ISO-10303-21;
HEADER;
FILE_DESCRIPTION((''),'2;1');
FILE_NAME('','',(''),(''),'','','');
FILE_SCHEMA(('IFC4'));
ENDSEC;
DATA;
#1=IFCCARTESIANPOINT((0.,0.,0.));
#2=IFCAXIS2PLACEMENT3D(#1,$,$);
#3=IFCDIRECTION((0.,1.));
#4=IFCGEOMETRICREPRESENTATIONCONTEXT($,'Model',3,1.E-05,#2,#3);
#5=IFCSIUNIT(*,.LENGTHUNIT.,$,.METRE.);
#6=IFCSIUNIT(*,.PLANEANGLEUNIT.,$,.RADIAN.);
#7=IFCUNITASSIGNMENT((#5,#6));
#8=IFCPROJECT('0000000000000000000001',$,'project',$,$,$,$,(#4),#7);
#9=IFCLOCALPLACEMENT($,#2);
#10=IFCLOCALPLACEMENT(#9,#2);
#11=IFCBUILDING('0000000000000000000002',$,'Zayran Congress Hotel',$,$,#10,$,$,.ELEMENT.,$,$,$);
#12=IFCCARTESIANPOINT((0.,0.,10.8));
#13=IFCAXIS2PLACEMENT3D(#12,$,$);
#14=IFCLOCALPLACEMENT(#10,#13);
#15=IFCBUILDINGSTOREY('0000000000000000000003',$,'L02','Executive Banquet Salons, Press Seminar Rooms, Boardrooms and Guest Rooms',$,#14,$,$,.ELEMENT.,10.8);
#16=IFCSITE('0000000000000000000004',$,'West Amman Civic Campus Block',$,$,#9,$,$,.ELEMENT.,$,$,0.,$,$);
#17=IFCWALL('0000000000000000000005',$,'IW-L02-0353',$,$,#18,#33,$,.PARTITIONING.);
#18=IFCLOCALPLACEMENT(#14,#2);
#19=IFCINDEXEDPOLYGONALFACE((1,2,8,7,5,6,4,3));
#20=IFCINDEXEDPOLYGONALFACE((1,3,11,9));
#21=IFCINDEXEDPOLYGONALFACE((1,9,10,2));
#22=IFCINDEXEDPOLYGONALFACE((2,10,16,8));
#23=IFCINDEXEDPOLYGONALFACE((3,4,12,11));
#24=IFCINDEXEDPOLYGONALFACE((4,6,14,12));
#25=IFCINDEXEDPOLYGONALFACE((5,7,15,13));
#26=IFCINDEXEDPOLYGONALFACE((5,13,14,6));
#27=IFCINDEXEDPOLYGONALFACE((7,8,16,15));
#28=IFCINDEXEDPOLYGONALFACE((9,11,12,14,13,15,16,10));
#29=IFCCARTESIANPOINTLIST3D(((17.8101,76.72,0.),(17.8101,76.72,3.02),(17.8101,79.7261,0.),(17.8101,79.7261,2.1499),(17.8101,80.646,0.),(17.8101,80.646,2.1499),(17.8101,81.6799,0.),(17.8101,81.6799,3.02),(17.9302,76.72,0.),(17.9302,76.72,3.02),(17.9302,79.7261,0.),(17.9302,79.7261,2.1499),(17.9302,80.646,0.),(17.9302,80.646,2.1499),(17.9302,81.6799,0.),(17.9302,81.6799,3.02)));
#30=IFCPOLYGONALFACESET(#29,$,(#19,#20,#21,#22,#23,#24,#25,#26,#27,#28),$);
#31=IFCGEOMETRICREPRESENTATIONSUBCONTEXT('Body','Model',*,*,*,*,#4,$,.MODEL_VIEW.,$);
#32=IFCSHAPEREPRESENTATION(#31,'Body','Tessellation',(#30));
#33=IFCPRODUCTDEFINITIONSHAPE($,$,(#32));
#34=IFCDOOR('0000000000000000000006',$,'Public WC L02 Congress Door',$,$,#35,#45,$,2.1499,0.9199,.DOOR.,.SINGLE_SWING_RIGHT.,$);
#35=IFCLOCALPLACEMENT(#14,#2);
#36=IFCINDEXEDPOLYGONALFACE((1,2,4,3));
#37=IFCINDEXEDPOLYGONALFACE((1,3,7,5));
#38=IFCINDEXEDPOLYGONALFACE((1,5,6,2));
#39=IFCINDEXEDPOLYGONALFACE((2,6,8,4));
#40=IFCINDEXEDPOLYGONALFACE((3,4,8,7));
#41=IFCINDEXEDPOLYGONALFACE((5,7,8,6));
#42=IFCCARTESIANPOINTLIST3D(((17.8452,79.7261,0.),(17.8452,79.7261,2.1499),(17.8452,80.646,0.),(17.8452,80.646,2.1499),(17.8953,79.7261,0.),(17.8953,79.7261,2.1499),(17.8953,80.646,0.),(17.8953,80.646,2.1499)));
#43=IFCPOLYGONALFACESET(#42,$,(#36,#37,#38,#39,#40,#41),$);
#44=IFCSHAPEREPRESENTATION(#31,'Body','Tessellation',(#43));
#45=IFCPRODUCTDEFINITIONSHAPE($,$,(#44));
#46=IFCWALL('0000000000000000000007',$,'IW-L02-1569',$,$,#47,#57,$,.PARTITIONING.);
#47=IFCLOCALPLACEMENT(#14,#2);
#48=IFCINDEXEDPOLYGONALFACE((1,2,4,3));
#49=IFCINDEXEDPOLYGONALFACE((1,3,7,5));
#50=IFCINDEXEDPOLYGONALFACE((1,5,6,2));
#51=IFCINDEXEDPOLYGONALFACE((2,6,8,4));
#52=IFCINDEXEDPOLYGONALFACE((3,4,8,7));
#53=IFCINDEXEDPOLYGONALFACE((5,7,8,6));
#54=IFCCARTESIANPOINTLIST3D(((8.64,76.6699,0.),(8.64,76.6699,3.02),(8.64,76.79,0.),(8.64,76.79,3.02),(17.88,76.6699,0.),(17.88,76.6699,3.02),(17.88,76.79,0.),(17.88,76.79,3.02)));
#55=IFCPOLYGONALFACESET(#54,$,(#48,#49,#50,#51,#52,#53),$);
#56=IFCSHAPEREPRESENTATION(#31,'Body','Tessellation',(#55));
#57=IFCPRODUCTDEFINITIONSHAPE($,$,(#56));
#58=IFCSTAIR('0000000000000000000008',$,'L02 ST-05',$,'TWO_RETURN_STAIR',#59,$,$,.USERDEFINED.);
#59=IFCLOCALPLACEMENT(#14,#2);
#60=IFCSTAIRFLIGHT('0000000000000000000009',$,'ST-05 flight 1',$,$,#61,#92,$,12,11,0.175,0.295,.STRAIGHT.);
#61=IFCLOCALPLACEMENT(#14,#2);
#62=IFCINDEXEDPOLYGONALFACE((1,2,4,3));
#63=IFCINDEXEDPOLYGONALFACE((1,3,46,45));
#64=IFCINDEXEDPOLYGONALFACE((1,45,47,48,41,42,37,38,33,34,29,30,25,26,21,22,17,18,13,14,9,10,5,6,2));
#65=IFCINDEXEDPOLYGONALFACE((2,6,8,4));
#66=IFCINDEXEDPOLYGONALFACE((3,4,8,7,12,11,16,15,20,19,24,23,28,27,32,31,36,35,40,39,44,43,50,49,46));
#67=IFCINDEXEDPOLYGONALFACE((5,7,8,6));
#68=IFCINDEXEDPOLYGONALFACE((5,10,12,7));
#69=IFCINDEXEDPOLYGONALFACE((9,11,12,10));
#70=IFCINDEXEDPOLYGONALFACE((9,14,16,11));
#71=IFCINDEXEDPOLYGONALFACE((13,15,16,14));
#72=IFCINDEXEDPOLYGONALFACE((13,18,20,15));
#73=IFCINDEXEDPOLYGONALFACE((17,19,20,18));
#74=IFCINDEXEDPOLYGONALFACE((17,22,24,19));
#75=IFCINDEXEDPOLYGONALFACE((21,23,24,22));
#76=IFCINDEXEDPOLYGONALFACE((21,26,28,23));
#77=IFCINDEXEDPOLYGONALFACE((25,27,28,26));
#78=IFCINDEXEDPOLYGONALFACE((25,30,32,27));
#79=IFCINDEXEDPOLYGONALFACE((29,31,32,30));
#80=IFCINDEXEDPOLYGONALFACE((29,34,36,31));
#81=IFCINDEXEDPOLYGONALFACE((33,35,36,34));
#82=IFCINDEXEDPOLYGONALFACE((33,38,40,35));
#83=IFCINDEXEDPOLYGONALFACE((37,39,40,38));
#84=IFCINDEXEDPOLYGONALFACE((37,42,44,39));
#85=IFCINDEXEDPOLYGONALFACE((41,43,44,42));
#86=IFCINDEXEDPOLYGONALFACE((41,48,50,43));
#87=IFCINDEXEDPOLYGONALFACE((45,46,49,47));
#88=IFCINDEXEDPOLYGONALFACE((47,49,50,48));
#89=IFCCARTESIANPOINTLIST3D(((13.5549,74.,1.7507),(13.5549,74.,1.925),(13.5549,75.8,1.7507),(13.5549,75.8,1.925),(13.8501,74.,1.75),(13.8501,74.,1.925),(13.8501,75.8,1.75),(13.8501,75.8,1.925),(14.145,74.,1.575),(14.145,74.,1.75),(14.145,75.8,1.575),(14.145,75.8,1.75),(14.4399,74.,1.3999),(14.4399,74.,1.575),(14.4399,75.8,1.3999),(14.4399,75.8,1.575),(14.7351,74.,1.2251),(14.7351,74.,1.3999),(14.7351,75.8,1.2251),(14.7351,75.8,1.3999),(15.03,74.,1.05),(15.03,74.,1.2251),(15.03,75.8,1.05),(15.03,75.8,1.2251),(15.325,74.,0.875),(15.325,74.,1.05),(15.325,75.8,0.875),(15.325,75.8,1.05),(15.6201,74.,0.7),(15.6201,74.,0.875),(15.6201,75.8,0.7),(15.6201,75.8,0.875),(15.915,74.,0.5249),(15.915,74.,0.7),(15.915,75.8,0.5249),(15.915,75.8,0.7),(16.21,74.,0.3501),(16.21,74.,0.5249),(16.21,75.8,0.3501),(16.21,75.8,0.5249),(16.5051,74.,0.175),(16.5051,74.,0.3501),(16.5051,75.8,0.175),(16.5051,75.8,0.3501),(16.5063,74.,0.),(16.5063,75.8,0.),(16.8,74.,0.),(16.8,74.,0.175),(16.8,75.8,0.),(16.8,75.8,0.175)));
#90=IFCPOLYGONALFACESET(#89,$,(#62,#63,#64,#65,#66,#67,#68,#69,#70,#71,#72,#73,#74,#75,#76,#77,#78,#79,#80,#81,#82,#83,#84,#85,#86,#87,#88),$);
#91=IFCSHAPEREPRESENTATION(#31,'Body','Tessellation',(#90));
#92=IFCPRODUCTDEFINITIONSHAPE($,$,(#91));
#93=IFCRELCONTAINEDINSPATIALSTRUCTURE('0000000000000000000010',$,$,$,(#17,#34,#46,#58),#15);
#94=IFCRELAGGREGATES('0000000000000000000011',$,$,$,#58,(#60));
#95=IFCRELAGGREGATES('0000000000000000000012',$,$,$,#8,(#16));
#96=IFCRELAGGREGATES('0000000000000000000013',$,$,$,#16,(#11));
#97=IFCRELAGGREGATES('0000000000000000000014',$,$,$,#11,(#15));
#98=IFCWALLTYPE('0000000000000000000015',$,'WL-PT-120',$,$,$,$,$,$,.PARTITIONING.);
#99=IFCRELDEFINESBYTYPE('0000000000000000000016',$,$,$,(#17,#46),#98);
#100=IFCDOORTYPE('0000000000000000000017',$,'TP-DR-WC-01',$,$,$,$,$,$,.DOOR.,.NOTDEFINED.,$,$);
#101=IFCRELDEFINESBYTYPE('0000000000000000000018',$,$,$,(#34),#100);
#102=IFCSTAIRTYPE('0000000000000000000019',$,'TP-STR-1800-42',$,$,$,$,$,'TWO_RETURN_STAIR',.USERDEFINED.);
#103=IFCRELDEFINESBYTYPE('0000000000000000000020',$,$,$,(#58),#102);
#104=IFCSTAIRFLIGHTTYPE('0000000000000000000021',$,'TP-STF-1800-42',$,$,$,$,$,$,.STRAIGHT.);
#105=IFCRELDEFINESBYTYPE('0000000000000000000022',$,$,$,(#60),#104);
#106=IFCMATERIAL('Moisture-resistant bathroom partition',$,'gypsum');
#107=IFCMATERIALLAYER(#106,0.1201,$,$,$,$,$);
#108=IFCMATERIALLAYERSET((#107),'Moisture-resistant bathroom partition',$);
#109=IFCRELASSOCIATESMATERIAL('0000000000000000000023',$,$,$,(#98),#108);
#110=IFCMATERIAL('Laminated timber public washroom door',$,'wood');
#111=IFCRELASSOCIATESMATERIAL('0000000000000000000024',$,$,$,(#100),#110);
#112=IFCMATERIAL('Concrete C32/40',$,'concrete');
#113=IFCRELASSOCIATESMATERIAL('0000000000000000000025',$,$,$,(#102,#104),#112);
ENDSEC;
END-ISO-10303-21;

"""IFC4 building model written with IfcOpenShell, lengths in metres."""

from ifc_helpers import new_model, si_unit, direction, frame, frame_2d, origin, place, context, subcontext, project, spatial, polyline, rectangle, outline, extrude, material, layer, layer_set, type_object, element, fill, aggregate, save


model = new_model("IFC4")

# Units and contexts
model_context = context("Model", 3, precision=1e-05, world=origin(), true_north=direction((0.0, 1.0)))
body_context = subcontext(model_context, "Body", "Model", "MODEL_VIEW")
ifc_project = project(units=[si_unit("LENGTHUNIT", "METRE"), si_unit("PLANEANGLEUNIT", "RADIAN")], contexts=[model_context])

# Site, building, storey
site_placement = place(None, origin())
site = spatial("IfcSite", under=ifc_project, at=site_placement, Name="West Amman Civic Campus Block", CompositionType="ELEMENT", RefElevation=0.0)
building_placement = place(site_placement, origin())
building = spatial("IfcBuilding", under=site, at=building_placement, Name="Zayran Congress Hotel", CompositionType="ELEMENT")
storey_placement = place(building_placement, frame((0.0, 0.0, 10.8)))
storey = spatial("IfcBuildingStorey", under=building, at=storey_placement, Name="L02", Description="Executive Banquet Salons, Press Seminar Rooms, Boardrooms and Guest Rooms", CompositionType="ELEMENT", Elevation=10.8)

# Wall, opening, door
ifc_material_1 = material(Name="Moisture-resistant bathroom partition", Category="gypsum")
ifc_layer_1 = layer(ifc_material_1, 0.1201)
ifc_layer_set_1 = layer_set([ifc_layer_1], Name="Moisture-resistant bathroom partition")
wall_type_1 = type_object("IfcWallType", Name="WL-PT-120", PredefinedType="PARTITIONING", material=ifc_layer_set_1)
wall_1_placement = place(storey_placement, frame((17.8701, 76.72, 0.0), z_axis=(0.0, 0.0, 1.0), x_axis=(0.0, 1.0, 0.0)))
wall_1 = element("IfcWall", 1, at=wall_1_placement, inside=storey, type_object=wall_type_1, Name="IW-L02-0353", PredefinedType="PARTITIONING", context=body_context, shape_type="SweptSolid", body=[
    extrude(rectangle(XDim=4.96, YDim=0.1201, at=frame_2d((2.48, 0.0))), origin(), (0.0, 0.0, 1.0), 3.02),
])
opening_1_placement = place(wall_1_placement, frame((3.0061, 0.0, 0.0)))
opening_1 = element("IfcOpeningElement", 2, at=opening_1_placement, cuts=wall_1, PredefinedType="OPENING", context=body_context, shape_type="SweptSolid", body=[
    extrude(rectangle(XDim=0.9199, YDim=2.1499, at=frame_2d((0.46, 1.075))), frame((0.0, 0.0701, 0.0), z_axis=(0.0, -1.0, 0.0), x_axis=(1.0, 0.0, 0.0)), (0.0, 0.0, 1.0), 0.1401),
])
ifc_material_2 = material(Name="Laminated timber public washroom door", Category="wood")
door_type_1 = type_object("IfcDoorType", Name="TP-DR-WC-01", OperationType="NOTDEFINED", PredefinedType="DOOR", material=ifc_material_2)
door_1_placement = place(opening_1_placement, origin())
door_1 = element("IfcDoor", 3, at=door_1_placement, inside=storey, type_object=door_type_1, Name="Public WC L02 Congress Door", OperationType="SINGLE_SWING_RIGHT", OverallHeight=2.1499, OverallWidth=0.9199, PredefinedType="DOOR", context=body_context, shape_type="SweptSolid", body=[
    extrude(rectangle(XDim=0.9199, YDim=2.1499, at=frame_2d((0.46, 1.075))), frame((0.0, 0.0249, 0.0), z_axis=(0.0, -1.0, 0.0), x_axis=(1.0, 0.0, 0.0)), (0.0, 0.0, 1.0), 0.05),
])
fill(opening_1, door_1)

# Wall
wall_2_placement = place(storey_placement, frame((8.6399, 76.73, 0.0), z_axis=(0.0, 0.0, 1.0), x_axis=(1.0, 0.0, 0.0)))
element("IfcWall", 4, at=wall_2_placement, inside=storey, type_object=wall_type_1, Name="IW-L02-1569", PredefinedType="PARTITIONING", context=body_context, shape_type="SweptSolid", body=[
    extrude(rectangle(XDim=9.24, YDim=0.1201, at=frame_2d((4.6201, 0.0))), origin(), (0.0, 0.0, 1.0), 3.02),
])

# Stair, stair flight
ifc_material_3 = material(Name="Concrete C32/40", Category="concrete")
stair_type = type_object("IfcStairType", Name="TP-STR-1800-42", ElementType="TWO_RETURN_STAIR", PredefinedType="USERDEFINED", material=ifc_material_3)
stair_placement = place(storey_placement, origin())
stair = element("IfcStair", 5, at=stair_placement, inside=storey, type_object=stair_type, Name="L02 ST-05", ObjectType="TWO_RETURN_STAIR", PredefinedType="USERDEFINED")
stair_flight_type = type_object("IfcStairFlightType", Name="TP-STF-1800-42", PredefinedType="STRAIGHT", material=ifc_material_3)
stair_flight_placement = place(storey_placement, frame((16.8, 74.8999, 0.0), z_axis=(0.0, 0.0, 1.0), x_axis=(-1.0, 0.0, 0.0)))
stair_flight = element("IfcStairFlight", 6, at=stair_flight_placement, type_object=stair_flight_type, Name="ST-05 flight 1", NumberOfRisers=12, NumberOfTreads=11, PredefinedType="STRAIGHT", RiserHeight=0.175, TreadLength=0.295, context=body_context, shape_type="SweptSolid", body=[
    extrude(outline(polyline([(0.0, 0.0), (0.0, 0.175), (0.2949, 0.175), (0.2949, 0.3501), (0.5901, 0.3501), (0.5901, 0.5249), (0.885, 0.5249), (0.885, 0.7), (1.1799, 0.7), (1.1799, 0.875), (1.4751, 0.875), (1.4751, 1.05), (1.77, 1.05), (1.77, 1.2251), (2.0649, 1.2251), (2.0649, 1.3999), (2.3601, 1.3999), (2.3601, 1.575), (2.655, 1.575), (2.655, 1.75), (2.95, 1.75), (2.95, 1.925), (3.2451, 1.925), (3.2451, 2.1001), (3.2451, 1.7507), (0.2937, 0.0), (0.0, 0.0)])), frame((0.0, 0.8999, 0.0), z_axis=(0.0, -1.0, 0.0), x_axis=(1.0, 0.0, 0.0)), (0.0, 0.0, 1.0), 1.8),
])
aggregate(stair, [stair_flight])

save(model, "model.ifc")
